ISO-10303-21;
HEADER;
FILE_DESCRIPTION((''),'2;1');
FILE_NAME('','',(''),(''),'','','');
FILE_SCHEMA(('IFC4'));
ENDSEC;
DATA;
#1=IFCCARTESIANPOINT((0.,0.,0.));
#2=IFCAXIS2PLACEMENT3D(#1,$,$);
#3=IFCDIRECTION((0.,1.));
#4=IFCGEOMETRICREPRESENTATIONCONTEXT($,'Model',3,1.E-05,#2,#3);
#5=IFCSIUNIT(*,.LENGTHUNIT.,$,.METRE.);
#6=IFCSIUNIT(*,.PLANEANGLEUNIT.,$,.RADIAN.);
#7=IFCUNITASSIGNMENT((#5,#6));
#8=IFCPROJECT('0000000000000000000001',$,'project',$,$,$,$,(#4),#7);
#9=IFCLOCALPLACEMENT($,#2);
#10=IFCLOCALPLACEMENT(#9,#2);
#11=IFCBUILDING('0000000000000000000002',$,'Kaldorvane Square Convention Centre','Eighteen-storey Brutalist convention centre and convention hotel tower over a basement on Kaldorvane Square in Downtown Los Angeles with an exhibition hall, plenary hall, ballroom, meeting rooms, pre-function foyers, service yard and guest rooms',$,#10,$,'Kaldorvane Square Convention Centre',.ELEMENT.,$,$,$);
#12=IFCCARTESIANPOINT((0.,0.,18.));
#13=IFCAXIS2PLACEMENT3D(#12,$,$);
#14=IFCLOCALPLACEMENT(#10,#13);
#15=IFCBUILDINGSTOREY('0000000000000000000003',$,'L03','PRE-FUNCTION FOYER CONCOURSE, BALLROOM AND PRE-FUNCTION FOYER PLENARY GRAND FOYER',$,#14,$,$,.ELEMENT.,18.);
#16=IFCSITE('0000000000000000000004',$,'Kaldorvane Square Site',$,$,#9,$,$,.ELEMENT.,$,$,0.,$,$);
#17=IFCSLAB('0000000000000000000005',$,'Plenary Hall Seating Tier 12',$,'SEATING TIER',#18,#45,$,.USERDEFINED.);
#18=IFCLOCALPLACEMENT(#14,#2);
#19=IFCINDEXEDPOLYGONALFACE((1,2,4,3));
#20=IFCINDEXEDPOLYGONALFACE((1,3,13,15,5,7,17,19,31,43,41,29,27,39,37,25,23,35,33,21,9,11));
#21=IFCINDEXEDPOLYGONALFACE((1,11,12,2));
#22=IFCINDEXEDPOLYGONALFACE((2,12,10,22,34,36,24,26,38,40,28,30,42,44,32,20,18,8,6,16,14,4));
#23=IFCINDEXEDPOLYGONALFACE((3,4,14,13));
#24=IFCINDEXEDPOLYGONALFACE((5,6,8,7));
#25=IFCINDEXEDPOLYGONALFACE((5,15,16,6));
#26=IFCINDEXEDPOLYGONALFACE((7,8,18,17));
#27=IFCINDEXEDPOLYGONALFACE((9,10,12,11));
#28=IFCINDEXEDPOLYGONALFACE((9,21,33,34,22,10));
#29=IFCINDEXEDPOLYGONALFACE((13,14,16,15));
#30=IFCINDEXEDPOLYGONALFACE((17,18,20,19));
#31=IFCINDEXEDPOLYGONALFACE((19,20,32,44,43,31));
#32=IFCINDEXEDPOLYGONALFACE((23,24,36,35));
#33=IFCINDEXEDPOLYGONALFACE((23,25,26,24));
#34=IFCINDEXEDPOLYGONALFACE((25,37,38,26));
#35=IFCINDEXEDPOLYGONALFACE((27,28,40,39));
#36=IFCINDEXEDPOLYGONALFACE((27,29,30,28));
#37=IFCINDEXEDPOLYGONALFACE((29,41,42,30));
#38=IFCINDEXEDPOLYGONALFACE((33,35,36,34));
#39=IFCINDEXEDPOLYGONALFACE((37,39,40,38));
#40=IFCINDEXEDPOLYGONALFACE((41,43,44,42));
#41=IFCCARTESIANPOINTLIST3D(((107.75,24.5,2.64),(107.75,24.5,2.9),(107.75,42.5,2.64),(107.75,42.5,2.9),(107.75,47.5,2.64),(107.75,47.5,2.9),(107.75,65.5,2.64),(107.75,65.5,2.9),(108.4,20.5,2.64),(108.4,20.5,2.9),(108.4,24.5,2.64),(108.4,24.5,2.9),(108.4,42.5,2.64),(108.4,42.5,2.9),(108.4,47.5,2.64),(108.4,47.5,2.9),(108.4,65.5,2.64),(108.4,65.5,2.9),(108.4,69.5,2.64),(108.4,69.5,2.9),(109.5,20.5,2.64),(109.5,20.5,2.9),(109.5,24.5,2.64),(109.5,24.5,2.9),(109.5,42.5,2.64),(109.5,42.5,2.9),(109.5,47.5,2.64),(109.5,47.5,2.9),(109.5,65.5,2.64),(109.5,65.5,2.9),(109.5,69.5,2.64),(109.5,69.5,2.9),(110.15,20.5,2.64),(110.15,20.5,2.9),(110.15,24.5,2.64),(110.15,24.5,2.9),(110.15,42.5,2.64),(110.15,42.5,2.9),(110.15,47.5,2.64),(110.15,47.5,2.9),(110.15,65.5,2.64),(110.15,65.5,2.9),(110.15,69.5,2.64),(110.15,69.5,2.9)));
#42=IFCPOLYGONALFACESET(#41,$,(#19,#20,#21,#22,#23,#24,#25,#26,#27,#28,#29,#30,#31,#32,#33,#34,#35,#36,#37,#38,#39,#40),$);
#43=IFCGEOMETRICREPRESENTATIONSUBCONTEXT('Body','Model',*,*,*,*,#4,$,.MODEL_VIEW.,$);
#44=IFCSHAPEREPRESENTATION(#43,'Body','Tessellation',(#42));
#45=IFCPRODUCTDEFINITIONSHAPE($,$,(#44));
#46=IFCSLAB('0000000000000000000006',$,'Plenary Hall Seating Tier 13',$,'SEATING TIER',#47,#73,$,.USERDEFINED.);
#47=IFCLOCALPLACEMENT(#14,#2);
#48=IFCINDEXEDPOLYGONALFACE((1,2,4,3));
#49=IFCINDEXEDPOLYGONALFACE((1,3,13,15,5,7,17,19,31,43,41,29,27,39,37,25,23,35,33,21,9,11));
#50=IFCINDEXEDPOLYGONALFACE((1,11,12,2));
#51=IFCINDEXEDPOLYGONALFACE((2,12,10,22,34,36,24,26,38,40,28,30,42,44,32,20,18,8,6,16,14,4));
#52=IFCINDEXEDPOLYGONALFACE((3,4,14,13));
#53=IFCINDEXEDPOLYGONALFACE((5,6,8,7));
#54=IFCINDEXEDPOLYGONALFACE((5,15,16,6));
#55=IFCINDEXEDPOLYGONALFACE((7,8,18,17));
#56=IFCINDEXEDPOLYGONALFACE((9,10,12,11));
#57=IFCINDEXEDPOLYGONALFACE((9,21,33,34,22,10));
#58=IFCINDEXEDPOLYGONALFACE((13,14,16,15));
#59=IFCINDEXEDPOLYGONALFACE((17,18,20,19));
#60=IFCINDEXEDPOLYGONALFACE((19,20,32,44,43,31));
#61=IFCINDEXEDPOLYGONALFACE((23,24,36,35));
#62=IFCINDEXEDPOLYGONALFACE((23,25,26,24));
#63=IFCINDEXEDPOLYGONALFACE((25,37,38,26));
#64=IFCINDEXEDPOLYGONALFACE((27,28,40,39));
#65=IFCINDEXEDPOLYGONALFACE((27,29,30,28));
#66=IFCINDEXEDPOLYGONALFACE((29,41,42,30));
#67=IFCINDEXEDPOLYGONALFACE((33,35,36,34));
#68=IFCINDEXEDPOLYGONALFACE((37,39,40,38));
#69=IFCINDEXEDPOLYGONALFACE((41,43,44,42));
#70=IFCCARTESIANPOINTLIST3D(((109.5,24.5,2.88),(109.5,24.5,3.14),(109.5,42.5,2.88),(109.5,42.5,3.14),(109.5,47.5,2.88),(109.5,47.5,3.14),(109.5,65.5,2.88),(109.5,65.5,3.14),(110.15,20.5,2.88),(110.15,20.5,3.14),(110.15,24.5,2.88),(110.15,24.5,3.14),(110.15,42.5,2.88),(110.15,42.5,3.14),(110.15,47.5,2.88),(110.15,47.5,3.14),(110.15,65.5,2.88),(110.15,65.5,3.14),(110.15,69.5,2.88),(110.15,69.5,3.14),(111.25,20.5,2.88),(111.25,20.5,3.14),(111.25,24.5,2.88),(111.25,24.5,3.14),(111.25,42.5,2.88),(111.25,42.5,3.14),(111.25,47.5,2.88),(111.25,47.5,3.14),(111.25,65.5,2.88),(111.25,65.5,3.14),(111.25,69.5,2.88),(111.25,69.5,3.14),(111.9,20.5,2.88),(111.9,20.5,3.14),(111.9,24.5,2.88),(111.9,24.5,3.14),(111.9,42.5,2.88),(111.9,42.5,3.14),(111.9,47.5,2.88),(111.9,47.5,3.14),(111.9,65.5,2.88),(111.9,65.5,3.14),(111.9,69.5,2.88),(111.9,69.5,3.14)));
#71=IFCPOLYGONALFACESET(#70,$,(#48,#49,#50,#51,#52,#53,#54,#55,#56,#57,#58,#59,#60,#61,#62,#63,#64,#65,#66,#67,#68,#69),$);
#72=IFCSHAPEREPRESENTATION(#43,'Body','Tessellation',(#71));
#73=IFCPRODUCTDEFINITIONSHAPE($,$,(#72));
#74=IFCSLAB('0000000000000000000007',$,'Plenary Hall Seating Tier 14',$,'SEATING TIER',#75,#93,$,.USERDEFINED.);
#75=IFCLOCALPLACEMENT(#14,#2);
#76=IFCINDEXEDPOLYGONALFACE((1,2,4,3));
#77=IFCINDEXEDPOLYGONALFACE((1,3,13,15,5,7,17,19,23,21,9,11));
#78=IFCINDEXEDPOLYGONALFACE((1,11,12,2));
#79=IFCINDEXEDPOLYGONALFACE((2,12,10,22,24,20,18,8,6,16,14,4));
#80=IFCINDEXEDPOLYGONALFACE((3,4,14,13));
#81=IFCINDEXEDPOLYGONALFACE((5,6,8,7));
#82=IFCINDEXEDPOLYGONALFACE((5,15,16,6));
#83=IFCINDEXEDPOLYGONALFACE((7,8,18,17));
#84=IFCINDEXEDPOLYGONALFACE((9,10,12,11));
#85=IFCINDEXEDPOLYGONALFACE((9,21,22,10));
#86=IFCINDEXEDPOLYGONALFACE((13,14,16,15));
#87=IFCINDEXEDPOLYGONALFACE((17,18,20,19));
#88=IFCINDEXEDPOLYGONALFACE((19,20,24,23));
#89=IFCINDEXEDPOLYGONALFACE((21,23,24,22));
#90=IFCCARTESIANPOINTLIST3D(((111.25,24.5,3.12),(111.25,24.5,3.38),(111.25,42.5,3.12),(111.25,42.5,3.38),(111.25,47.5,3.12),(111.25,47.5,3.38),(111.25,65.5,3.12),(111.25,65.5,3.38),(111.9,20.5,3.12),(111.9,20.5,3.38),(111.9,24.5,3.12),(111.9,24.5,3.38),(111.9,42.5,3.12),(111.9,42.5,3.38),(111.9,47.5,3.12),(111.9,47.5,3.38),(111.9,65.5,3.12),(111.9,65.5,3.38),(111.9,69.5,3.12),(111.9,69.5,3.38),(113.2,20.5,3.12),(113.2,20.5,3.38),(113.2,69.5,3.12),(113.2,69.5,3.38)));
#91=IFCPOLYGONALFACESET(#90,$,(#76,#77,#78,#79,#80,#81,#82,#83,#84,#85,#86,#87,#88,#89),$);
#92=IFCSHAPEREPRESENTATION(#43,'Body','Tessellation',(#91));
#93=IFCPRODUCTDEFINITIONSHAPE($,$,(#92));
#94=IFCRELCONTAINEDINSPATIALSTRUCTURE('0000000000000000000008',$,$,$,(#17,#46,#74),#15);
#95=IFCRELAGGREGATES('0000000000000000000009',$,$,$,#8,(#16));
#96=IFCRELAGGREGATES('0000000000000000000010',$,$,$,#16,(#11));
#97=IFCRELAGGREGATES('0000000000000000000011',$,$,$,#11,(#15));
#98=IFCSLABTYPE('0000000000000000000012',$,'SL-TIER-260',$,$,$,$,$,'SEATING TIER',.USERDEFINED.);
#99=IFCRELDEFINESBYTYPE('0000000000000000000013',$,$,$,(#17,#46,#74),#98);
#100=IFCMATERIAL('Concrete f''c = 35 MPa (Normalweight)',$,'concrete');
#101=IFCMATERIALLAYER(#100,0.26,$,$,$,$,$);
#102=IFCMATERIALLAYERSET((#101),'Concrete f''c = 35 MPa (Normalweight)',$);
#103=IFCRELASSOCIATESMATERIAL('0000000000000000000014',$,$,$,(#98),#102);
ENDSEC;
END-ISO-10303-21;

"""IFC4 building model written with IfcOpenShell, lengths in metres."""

from ifc_helpers import new_model, si_unit, direction, frame, origin, place, context, subcontext, project, spatial, polyline, outline, extrude, material, layer, layer_set, type_object, element, save


model = new_model("IFC4")

# Units and contexts
model_context = context("Model", 3, precision=1e-05, world=origin(), true_north=direction((0.0, 1.0)))
body_context = subcontext(model_context, "Body", "Model", "MODEL_VIEW")
ifc_project = project(units=[si_unit("LENGTHUNIT", "METRE"), si_unit("PLANEANGLEUNIT", "RADIAN")], contexts=[model_context])

# Site, building, storey
site_placement = place(None, origin())
site = spatial("IfcSite", under=ifc_project, at=site_placement, Name="Kaldorvane Square Site", CompositionType="ELEMENT", RefElevation=0.0)
building_placement = place(site_placement, origin())
building = spatial("IfcBuilding", under=site, at=building_placement, Name="Kaldorvane Square Convention Centre", Description="Eighteen-storey Brutalist convention centre and convention hotel tower over a basement on Kaldorvane Square in Downtown Los Angeles with an exhibition hall, plenary hall, ballroom, meeting rooms, pre-function foyers, service yard and guest rooms", LongName="Kaldorvane Square Convention Centre", CompositionType="ELEMENT")
storey_placement = place(building_placement, frame((0.0, 0.0, 18.0)))
storey = spatial("IfcBuildingStorey", under=building, at=storey_placement, Name="L03", Description="PRE-FUNCTION FOYER CONCOURSE, BALLROOM AND PRE-FUNCTION FOYER PLENARY GRAND FOYER", CompositionType="ELEMENT", Elevation=18.0)

# Slabs
ifc_material_1 = material(Name="Concrete f'c = 35 MPa (Normalweight)", Category="concrete")
ifc_layer_1 = layer(ifc_material_1, 0.26)
ifc_layer_set_1 = layer_set([ifc_layer_1], Name="Concrete f'c = 35 MPa (Normalweight)")
slab_type_1 = type_object("IfcSlabType", Name="SL-TIER-260", ElementType="SEATING TIER", PredefinedType="USERDEFINED", material=ifc_layer_set_1)
slab_1_placement = place(storey_placement, frame((0.0, 0.0, 2.64)))
element("IfcSlab", 1, at=slab_1_placement, inside=storey, type_object=slab_type_1, Name="Plenary Hall Seating Tier 12", ObjectType="SEATING TIER", PredefinedType="USERDEFINED", context=body_context, shape_type="SweptSolid", body=[
    extrude(outline(polyline([(110.15, 24.5), (110.15, 20.5), (109.5, 20.5), (108.4, 20.5), (108.4, 24.5), (107.75, 24.5), (107.75, 42.5), (108.4, 42.5), (108.4, 47.5), (107.75, 47.5), (107.75, 65.5), (108.4, 65.5), (108.4, 69.5), (109.5, 69.5), (110.15, 69.5), (110.15, 65.5), (109.5, 65.5), (109.5, 47.5), (110.15, 47.5), (110.15, 42.5), (109.5, 42.5), (109.5, 24.5), (110.15, 24.5)])), origin(), (0.0, 0.0, 1.0), 0.26),
])
slab_2_placement = place(storey_placement, frame((0.0, 0.0, 2.88)))
element("IfcSlab", 2, at=slab_2_placement, inside=storey, type_object=slab_type_1, Name="Plenary Hall Seating Tier 13", ObjectType="SEATING TIER", PredefinedType="USERDEFINED", context=body_context, shape_type="SweptSolid", body=[
    extrude(outline(polyline([(111.9, 24.5), (111.9, 20.5), (111.25, 20.5), (110.15, 20.5), (110.15, 24.5), (109.5, 24.5), (109.5, 42.5), (110.15, 42.5), (110.15, 47.5), (109.5, 47.5), (109.5, 65.5), (110.15, 65.5), (110.15, 69.5), (111.25, 69.5), (111.9, 69.5), (111.9, 65.5), (111.25, 65.5), (111.25, 47.5), (111.9, 47.5), (111.9, 42.5), (111.25, 42.5), (111.25, 24.5), (111.9, 24.5)])), origin(), (0.0, 0.0, 1.0), 0.26),
])
slab_3_placement = place(storey_placement, frame((0.0, 0.0, 3.12)))
element("IfcSlab", 3, at=slab_3_placement, inside=storey, type_object=slab_type_1, Name="Plenary Hall Seating Tier 14", ObjectType="SEATING TIER", PredefinedType="USERDEFINED", context=body_context, shape_type="SweptSolid", body=[
    extrude(outline(polyline([(113.2, 69.5), (113.2, 20.5), (111.9, 20.5), (111.9, 24.5), (111.25, 24.5), (111.25, 42.5), (111.9, 42.5), (111.9, 47.5), (111.25, 47.5), (111.25, 65.5), (111.9, 65.5), (111.9, 69.5), (113.2, 69.5)])), origin(), (0.0, 0.0, 1.0), 0.26),
])

save(model, "model.ifc")
